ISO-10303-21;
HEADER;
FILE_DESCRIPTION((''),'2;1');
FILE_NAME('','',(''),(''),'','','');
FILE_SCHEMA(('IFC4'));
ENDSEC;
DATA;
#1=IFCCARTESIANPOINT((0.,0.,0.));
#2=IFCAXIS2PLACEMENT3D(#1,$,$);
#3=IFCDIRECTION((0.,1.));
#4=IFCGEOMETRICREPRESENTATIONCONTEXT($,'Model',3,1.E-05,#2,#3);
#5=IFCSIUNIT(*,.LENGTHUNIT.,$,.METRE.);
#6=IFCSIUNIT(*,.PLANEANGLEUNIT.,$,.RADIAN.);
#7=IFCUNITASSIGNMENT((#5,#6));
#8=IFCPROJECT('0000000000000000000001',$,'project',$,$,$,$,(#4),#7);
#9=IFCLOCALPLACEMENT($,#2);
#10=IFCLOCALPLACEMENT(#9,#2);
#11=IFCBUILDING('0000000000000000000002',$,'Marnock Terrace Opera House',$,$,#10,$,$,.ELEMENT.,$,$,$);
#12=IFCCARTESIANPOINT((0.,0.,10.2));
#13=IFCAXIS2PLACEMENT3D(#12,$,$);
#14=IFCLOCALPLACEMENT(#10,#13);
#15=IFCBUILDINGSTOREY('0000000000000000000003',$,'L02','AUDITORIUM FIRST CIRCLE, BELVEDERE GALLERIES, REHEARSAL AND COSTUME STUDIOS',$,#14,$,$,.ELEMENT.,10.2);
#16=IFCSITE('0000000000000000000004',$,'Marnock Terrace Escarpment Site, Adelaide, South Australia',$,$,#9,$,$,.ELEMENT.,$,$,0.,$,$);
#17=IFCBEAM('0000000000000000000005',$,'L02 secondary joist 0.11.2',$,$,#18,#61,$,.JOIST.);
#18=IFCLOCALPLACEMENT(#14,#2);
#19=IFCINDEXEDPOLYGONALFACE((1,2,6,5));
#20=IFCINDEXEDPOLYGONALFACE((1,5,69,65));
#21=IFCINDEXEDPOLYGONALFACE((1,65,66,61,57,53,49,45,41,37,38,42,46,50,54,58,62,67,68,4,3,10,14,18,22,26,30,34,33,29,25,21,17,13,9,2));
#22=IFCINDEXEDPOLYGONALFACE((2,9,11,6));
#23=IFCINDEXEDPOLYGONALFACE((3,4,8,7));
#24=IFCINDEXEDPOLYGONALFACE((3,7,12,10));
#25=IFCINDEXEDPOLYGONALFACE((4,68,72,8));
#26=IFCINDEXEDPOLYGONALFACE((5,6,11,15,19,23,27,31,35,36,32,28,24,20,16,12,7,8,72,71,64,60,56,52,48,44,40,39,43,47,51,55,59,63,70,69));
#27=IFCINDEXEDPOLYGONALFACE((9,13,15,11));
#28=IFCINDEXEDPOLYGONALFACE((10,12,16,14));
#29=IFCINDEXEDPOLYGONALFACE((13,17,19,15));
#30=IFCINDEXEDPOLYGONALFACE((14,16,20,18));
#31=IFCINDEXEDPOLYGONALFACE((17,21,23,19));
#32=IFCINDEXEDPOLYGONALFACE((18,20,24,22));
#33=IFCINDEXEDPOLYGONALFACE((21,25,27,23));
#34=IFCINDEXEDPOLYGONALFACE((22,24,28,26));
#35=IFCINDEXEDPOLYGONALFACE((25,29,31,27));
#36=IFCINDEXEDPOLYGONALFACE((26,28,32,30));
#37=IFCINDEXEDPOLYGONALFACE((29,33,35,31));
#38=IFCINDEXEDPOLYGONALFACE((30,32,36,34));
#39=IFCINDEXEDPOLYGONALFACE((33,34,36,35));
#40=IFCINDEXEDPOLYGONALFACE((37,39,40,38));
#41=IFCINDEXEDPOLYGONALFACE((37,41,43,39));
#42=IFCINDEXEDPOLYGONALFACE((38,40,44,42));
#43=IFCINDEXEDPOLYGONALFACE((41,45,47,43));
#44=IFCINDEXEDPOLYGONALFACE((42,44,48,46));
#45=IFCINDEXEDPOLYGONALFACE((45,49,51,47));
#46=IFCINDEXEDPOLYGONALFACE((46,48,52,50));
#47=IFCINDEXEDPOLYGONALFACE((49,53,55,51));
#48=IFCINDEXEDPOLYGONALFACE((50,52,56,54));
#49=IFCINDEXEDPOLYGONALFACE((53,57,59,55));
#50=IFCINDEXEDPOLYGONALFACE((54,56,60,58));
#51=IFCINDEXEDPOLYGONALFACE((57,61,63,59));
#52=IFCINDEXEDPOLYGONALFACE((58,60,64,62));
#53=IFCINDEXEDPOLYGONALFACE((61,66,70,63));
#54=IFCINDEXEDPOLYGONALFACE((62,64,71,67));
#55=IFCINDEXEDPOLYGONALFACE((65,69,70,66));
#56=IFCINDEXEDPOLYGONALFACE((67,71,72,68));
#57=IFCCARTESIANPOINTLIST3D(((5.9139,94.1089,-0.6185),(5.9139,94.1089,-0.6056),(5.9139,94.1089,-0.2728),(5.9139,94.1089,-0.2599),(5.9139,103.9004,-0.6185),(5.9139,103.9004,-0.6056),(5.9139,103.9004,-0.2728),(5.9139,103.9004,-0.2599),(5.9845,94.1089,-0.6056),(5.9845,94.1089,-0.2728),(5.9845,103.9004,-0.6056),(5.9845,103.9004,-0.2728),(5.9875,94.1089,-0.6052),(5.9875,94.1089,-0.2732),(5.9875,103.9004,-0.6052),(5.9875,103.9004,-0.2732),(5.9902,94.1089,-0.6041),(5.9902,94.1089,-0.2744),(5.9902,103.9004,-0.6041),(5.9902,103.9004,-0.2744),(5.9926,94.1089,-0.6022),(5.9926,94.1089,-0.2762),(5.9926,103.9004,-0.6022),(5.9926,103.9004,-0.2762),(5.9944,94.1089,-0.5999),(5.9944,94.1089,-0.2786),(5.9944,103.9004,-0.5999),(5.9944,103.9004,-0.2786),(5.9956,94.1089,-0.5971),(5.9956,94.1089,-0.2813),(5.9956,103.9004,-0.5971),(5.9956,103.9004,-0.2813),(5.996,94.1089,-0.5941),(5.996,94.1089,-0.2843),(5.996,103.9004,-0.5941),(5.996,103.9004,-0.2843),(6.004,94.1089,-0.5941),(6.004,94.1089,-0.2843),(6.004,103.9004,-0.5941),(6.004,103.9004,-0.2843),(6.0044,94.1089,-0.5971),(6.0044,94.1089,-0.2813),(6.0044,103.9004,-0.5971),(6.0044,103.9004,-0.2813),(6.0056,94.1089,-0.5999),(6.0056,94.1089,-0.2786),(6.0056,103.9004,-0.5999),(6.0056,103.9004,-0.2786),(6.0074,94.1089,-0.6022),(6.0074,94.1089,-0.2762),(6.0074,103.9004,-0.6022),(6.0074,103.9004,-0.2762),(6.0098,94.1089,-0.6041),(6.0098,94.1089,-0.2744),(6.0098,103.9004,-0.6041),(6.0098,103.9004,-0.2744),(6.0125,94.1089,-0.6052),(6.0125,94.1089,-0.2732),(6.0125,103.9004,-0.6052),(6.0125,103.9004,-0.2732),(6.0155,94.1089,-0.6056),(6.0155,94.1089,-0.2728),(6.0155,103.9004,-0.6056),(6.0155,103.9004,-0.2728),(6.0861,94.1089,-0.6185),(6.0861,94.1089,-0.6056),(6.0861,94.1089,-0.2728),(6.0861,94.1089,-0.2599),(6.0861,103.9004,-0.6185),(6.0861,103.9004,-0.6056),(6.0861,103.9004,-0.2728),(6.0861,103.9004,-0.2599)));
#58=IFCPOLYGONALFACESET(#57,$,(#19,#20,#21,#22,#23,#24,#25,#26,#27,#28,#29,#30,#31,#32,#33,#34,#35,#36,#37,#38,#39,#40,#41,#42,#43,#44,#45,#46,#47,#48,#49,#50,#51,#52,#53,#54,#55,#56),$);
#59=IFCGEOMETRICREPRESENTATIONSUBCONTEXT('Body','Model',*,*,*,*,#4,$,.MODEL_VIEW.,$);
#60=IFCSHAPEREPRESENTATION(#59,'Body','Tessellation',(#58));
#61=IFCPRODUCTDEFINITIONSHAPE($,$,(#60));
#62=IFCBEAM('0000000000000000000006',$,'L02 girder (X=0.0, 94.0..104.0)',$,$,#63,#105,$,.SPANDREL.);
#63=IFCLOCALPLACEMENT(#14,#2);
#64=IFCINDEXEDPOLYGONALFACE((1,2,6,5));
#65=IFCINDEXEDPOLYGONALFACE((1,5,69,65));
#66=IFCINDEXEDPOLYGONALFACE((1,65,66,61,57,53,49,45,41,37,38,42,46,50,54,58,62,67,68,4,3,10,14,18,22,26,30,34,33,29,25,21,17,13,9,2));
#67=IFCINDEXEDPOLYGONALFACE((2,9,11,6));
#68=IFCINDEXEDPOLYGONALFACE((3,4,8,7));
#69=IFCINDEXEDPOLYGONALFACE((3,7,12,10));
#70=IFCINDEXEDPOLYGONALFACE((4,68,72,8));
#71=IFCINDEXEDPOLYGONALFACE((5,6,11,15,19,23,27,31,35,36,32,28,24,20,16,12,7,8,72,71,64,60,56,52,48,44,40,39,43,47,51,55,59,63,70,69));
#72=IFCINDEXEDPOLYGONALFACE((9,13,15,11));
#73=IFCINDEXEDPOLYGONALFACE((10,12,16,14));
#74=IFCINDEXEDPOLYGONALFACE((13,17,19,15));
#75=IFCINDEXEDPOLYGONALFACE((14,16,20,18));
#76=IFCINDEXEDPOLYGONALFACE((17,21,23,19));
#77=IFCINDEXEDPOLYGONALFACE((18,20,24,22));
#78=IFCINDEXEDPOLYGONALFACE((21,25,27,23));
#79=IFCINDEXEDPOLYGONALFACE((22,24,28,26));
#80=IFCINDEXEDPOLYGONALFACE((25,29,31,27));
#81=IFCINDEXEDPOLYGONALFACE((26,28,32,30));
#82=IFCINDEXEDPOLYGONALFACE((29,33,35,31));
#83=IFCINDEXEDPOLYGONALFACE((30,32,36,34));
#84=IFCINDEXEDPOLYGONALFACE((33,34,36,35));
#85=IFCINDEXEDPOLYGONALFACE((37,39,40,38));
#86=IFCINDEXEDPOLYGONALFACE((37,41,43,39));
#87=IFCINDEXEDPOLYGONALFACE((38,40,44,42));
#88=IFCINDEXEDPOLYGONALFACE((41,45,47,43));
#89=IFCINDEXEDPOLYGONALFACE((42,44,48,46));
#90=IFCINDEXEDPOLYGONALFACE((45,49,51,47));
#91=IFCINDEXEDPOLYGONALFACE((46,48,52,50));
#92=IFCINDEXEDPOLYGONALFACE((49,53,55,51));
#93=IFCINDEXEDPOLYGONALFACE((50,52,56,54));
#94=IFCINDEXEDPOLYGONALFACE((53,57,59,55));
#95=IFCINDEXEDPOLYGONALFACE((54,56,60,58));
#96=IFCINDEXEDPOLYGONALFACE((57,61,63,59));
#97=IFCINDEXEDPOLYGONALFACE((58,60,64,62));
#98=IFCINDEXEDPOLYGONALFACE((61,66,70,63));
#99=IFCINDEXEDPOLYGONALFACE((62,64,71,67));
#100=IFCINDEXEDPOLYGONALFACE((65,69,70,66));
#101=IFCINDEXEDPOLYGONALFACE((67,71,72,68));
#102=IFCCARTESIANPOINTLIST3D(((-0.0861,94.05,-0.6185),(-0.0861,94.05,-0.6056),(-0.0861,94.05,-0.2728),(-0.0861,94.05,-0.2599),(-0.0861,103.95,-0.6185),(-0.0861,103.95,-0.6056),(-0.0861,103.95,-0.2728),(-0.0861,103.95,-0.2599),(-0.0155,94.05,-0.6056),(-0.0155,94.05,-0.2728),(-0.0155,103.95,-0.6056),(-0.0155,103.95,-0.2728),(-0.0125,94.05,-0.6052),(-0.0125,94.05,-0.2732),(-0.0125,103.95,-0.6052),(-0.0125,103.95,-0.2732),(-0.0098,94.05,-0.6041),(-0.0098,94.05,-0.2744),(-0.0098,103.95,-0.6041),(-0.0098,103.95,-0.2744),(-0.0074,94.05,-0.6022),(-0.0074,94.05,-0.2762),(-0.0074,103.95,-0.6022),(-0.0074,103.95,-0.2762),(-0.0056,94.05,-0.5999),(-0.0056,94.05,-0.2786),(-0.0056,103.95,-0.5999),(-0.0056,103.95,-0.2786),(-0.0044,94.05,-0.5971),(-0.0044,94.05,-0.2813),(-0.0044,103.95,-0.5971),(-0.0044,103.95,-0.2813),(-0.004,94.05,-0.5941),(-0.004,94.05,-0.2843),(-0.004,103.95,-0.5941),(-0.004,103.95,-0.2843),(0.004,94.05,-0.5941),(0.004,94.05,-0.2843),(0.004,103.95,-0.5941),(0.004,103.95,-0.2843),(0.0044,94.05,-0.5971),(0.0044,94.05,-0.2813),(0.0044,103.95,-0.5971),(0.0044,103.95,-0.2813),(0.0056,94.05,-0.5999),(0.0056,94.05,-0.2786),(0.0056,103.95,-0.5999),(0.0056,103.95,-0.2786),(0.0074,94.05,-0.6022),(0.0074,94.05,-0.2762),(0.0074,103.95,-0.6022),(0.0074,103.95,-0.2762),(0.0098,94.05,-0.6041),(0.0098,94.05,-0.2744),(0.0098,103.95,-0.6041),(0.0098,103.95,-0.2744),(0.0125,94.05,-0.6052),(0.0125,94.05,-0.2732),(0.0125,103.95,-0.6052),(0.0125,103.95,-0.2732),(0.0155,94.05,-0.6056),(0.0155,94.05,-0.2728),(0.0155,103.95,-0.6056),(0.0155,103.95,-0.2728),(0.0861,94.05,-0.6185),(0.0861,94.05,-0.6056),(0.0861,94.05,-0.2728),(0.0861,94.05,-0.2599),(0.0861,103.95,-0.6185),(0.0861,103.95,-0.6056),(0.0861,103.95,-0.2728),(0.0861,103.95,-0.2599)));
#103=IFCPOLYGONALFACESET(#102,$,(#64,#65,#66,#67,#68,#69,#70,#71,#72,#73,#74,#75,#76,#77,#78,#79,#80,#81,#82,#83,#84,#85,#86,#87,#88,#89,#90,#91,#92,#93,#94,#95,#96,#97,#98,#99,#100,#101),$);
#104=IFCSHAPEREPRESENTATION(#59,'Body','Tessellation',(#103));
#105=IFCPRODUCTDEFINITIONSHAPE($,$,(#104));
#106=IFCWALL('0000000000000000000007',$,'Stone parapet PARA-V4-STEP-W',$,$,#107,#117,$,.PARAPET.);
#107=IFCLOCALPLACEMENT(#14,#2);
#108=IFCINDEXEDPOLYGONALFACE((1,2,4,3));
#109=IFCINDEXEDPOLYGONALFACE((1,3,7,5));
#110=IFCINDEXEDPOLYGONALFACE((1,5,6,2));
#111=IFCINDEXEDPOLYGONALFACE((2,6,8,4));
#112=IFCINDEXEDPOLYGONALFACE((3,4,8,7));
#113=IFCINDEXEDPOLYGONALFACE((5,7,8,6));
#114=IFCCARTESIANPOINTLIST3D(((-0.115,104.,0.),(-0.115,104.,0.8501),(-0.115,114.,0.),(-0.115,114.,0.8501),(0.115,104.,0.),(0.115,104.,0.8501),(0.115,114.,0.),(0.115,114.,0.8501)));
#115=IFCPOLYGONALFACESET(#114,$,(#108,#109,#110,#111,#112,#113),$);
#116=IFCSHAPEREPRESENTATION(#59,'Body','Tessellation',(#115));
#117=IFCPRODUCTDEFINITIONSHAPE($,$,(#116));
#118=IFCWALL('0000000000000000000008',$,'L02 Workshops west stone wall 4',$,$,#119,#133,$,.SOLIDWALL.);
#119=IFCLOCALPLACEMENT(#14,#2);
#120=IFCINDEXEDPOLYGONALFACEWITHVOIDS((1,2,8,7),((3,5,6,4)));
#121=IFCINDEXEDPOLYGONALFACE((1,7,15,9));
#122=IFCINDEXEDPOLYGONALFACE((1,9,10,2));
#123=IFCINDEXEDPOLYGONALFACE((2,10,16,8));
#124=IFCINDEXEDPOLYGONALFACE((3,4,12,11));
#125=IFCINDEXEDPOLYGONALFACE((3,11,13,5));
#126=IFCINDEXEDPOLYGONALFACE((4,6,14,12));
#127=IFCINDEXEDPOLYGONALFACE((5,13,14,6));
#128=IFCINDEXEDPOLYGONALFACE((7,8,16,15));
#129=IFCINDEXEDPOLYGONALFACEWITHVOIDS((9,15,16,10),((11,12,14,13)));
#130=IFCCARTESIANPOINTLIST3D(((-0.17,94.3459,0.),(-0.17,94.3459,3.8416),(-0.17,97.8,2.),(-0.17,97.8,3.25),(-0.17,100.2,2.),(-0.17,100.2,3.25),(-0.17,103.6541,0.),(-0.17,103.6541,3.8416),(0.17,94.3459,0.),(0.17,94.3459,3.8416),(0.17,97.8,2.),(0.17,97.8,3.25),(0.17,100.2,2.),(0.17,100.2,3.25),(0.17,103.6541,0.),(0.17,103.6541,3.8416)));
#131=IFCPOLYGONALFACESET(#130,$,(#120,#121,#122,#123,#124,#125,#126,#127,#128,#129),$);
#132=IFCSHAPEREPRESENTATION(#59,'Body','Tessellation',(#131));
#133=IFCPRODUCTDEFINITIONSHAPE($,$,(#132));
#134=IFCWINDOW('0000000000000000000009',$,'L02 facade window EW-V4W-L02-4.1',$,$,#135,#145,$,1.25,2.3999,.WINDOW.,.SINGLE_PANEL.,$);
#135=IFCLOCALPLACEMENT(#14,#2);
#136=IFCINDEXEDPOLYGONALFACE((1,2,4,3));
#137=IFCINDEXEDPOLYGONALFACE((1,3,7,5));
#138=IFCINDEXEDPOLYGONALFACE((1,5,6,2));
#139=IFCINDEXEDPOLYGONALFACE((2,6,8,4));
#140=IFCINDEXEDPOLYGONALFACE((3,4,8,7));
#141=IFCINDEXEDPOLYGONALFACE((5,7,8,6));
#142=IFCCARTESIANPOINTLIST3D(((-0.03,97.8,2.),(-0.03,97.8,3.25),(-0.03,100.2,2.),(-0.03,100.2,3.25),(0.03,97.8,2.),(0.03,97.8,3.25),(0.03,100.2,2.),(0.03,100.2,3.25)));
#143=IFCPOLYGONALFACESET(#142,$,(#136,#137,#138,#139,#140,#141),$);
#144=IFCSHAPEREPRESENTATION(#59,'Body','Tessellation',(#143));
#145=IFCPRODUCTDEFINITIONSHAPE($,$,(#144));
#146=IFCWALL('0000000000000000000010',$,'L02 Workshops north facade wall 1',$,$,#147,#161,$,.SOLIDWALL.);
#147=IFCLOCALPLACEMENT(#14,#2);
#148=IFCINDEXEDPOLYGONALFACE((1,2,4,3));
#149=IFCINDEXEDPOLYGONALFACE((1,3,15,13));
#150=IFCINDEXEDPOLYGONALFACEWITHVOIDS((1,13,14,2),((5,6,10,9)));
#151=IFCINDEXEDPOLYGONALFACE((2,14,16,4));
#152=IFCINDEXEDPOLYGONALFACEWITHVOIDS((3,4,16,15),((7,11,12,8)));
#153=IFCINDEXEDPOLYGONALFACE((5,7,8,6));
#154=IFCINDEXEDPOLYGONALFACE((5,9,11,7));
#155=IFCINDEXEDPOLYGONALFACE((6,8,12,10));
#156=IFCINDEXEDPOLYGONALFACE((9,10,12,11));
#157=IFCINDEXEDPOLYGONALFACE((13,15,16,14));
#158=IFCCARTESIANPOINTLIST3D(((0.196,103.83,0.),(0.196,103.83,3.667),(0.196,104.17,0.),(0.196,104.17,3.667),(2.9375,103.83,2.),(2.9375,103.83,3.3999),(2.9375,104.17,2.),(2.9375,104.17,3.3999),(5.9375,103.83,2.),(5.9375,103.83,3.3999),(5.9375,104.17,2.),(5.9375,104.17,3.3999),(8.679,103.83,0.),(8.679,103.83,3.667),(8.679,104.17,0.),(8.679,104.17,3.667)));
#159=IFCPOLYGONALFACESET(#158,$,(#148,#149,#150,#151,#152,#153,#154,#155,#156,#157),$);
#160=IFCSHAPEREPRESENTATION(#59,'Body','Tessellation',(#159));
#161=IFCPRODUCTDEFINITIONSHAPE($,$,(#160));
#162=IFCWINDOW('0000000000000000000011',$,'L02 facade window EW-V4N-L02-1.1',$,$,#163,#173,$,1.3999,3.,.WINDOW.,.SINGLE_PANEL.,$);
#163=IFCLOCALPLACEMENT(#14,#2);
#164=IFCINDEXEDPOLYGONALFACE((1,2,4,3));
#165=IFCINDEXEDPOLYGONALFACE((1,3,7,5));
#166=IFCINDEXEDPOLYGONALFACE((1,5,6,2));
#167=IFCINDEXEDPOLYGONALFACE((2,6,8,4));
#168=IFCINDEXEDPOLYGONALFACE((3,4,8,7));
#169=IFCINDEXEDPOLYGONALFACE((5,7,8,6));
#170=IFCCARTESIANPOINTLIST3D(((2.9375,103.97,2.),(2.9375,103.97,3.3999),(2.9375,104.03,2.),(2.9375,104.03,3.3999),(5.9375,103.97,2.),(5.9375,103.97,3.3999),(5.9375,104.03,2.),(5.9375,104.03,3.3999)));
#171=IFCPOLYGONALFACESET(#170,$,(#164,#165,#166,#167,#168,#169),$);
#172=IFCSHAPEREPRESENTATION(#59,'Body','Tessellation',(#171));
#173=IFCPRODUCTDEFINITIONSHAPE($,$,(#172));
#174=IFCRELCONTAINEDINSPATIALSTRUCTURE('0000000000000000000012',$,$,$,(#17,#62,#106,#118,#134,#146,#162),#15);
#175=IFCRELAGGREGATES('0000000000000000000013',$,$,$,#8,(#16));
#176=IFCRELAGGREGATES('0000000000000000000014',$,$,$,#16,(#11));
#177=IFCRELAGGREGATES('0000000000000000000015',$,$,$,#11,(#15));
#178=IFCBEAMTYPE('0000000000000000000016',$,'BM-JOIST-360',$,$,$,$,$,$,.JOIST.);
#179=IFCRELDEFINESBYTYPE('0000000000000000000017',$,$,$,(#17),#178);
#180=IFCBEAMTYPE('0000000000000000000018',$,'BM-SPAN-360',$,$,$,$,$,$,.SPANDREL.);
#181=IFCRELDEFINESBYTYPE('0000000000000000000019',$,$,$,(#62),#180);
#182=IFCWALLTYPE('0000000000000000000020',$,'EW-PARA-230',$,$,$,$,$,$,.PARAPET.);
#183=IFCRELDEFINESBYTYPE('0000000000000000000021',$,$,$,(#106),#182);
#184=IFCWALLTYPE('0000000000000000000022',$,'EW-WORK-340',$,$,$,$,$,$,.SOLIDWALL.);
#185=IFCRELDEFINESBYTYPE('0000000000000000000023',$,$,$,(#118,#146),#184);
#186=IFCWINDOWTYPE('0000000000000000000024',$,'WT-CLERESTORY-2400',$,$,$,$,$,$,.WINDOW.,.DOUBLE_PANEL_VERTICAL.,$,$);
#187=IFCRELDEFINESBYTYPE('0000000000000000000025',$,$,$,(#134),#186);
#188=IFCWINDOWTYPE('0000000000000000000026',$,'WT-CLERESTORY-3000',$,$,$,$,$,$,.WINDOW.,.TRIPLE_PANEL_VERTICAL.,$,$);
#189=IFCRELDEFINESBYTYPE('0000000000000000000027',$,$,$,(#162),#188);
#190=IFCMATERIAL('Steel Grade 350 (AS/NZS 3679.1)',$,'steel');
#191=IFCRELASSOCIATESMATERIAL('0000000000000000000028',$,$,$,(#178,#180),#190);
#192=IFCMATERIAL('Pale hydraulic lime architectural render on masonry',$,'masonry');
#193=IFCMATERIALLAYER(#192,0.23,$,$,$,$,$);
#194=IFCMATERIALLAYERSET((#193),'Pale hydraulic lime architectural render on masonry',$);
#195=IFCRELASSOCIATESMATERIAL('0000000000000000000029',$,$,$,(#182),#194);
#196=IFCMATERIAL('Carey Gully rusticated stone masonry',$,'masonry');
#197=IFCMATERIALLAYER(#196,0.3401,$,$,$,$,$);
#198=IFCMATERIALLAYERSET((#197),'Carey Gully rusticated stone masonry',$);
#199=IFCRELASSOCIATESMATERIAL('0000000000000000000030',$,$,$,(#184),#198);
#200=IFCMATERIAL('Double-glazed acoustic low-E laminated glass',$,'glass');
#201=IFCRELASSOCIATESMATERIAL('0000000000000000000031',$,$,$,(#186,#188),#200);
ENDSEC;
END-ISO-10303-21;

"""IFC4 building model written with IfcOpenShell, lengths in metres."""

from ifc_helpers import new_model, si_unit, direction, frame, frame_2d, origin, origin_2d, place, context, subcontext, project, spatial, rectangle, i_section, extrude, material, layer, layer_set, material_profile, profile_set, type_object, element, fill, save


model = new_model("IFC4")

# Units and contexts
model_context = context("Model", 3, precision=1e-05, world=origin(), true_north=direction((0.0, 1.0)))
body_context = subcontext(model_context, "Body", "Model", "MODEL_VIEW")
ifc_project = project(units=[si_unit("LENGTHUNIT", "METRE"), si_unit("PLANEANGLEUNIT", "RADIAN")], contexts=[model_context])

# Site, building, storey
site_placement = place(None, origin())
site = spatial("IfcSite", under=ifc_project, at=site_placement, Name="Marnock Terrace Escarpment Site, Adelaide, South Australia", CompositionType="ELEMENT", RefElevation=0.0)
building_placement = place(site_placement, origin())
building = spatial("IfcBuilding", under=site, at=building_placement, Name="Marnock Terrace Opera House", CompositionType="ELEMENT")
storey_placement = place(building_placement, frame((0.0, 0.0, 10.2)))
storey = spatial("IfcBuildingStorey", under=building, at=storey_placement, Name="L02", Description="AUDITORIUM FIRST CIRCLE, BELVEDERE GALLERIES, REHEARSAL AND COSTUME STUDIOS", CompositionType="ELEMENT", Elevation=10.2)

# Beams
ifc_material_1 = material(Name="Steel Grade 350 (AS/NZS 3679.1)", Category="steel")
ifc_material_profile_1 = material_profile(ifc_material_1, i_section(OverallWidth=0.1721, OverallDepth=0.3586, WebThickness=0.0081, FlangeThickness=0.0129, FilletRadius=0.0115, at=origin_2d()))
ifc_profile_set_1 = profile_set([ifc_material_profile_1], Name="Steel Grade 350 (AS/NZS 3679.1)")
beam_type_1 = type_object("IfcBeamType", Name="BM-JOIST-360", PredefinedType="JOIST", material=ifc_profile_set_1)
for number, where, z_axis, x_axis, name in (
    (1, (6.0, 94.1089, -0.4392), (0.0, 1.0, 0.0), (-1.0, 0.0, 0.0), "L02 secondary joist 0.11.2"),
):
    element("IfcBeam", number, at=place(storey_placement, frame(where, z_axis=z_axis, x_axis=x_axis)), inside=storey, type_object=beam_type_1, Name=name, PredefinedType="JOIST", context=body_context, shape_type="SweptSolid", body=[
        extrude(i_section(OverallWidth=0.1721, OverallDepth=0.3586, WebThickness=0.0081, FlangeThickness=0.0129, FilletRadius=0.0115, at=origin_2d()), origin(), (0.0, 0.0, 1.0), 9.7915),
    ])
ifc_material_profile_2 = material_profile(ifc_material_1, i_section(OverallWidth=0.1721, OverallDepth=0.3586, WebThickness=0.0081, FlangeThickness=0.0129, FilletRadius=0.0115, at=origin_2d()))
ifc_profile_set_2 = profile_set([ifc_material_profile_2], Name="Steel Grade 350 (AS/NZS 3679.1)")
beam_type_2 = type_object("IfcBeamType", Name="BM-SPAN-360", PredefinedType="SPANDREL", material=ifc_profile_set_2)
beam_1_placement = place(storey_placement, frame((0.0, 94.05, -0.4392), z_axis=(0.0, 1.0, 0.0), x_axis=(-1.0, 0.0, 0.0)))
element("IfcBeam", 2, at=beam_1_placement, inside=storey, type_object=beam_type_2, Name="L02 girder (X=0.0, 94.0..104.0)", PredefinedType="SPANDREL", context=body_context, shape_type="SweptSolid", body=[
    extrude(i_section(OverallWidth=0.1721, OverallDepth=0.3586, WebThickness=0.0081, FlangeThickness=0.0129, FilletRadius=0.0115, at=origin_2d()), origin(), (0.0, 0.0, 1.0), 9.8999),
])

# Wall
ifc_material_2 = material(Name="Pale hydraulic lime architectural render on masonry", Category="masonry")
ifc_layer_1 = layer(ifc_material_2, 0.23)
ifc_layer_set_1 = layer_set([ifc_layer_1], Name="Pale hydraulic lime architectural render on masonry")
wall_type_1 = type_object("IfcWallType", Name="EW-PARA-230", PredefinedType="PARAPET", material=ifc_layer_set_1)
wall_1_placement = place(storey_placement, frame((0.0, 104.0, 0.0), z_axis=(0.0, 0.0, 1.0), x_axis=(0.0, 1.0, 0.0)))
element("IfcWall", 3, at=wall_1_placement, inside=storey, type_object=wall_type_1, Name="Stone parapet PARA-V4-STEP-W", PredefinedType="PARAPET", context=body_context, shape_type="SweptSolid", body=[
    extrude(rectangle(XDim=10.0, YDim=0.23, at=frame_2d((5.0, 0.0))), origin(), (0.0, 0.0, 1.0), 0.8501),
])

# Walls, openings, windows
ifc_material_3 = material(Name="Carey Gully rusticated stone masonry", Category="masonry")
ifc_layer_2 = layer(ifc_material_3, 0.3401)
ifc_layer_set_2 = layer_set([ifc_layer_2], Name="Carey Gully rusticated stone masonry")
wall_type_2 = type_object("IfcWallType", Name="EW-WORK-340", PredefinedType="SOLIDWALL", material=ifc_layer_set_2)
wall_2_placement = place(storey_placement, frame((0.0, 94.3459, 0.0), z_axis=(0.0, 0.0, 1.0), x_axis=(0.0, 1.0, 0.0)))
wall_2 = element("IfcWall", 4, at=wall_2_placement, inside=storey, type_object=wall_type_2, Name="L02 Workshops west stone wall 4", PredefinedType="SOLIDWALL", context=body_context, shape_type="SweptSolid", body=[
    extrude(rectangle(XDim=9.3081, YDim=0.3401, at=frame_2d((4.6541, 0.0))), origin(), (0.0, 0.0, 1.0), 3.8416),
])
opening_1_placement = place(wall_2_placement, frame((3.4541, 0.0, 2.0)))
opening_1 = element("IfcOpeningElement", 5, at=opening_1_placement, cuts=wall_2, PredefinedType="OPENING", context=body_context, shape_type="SweptSolid", body=[
    extrude(rectangle(XDim=2.3999, YDim=1.25, at=frame_2d((1.2, 0.625))), frame((0.0, 0.1799, 0.0), z_axis=(0.0, -1.0, 0.0), x_axis=(1.0, 0.0, 0.0)), (0.0, 0.0, 1.0), 0.3601),
])
ifc_material_4 = material(Name="Double-glazed acoustic low-E laminated glass", Category="glass")
window_type_1 = type_object("IfcWindowType", Name="WT-CLERESTORY-2400", PartitioningType="DOUBLE_PANEL_VERTICAL", PredefinedType="WINDOW", material=ifc_material_4)
window_1_placement = place(opening_1_placement, origin())
window_1 = element("IfcWindow", 6, at=window_1_placement, inside=storey, type_object=window_type_1, Name="L02 facade window EW-V4W-L02-4.1", OverallHeight=1.25, OverallWidth=2.3999, PartitioningType="SINGLE_PANEL", PredefinedType="WINDOW", context=body_context, shape_type="SweptSolid", body=[
    extrude(rectangle(XDim=2.3999, YDim=1.25, at=frame_2d((1.2, 0.625))), frame((0.0, 0.03, 0.0), z_axis=(0.0, -1.0, 0.0), x_axis=(1.0, 0.0, 0.0)), (0.0, 0.0, 1.0), 0.0601),
])
fill(opening_1, window_1)
wall_3_placement = place(storey_placement, frame((0.196, 104.0, 0.0), z_axis=(0.0, 0.0, 1.0), x_axis=(1.0, 0.0, 0.0)))
wall_3 = element("IfcWall", 7, at=wall_3_placement, inside=storey, type_object=wall_type_2, Name="L02 Workshops north facade wall 1", PredefinedType="SOLIDWALL", context=body_context, shape_type="SweptSolid", body=[
    extrude(rectangle(XDim=8.4829, YDim=0.3401, at=frame_2d((4.2415, 0.0))), origin(), (0.0, 0.0, 1.0), 3.667),
])
opening_2_placement = place(wall_3_placement, frame((2.7415, 0.0, 2.0)))
opening_2 = element("IfcOpeningElement", 8, at=opening_2_placement, cuts=wall_3, PredefinedType="OPENING", context=body_context, shape_type="SweptSolid", body=[
    extrude(rectangle(XDim=3.0, YDim=1.3999, at=frame_2d((1.5, 0.7))), frame((0.0, 0.1799, 0.0), z_axis=(0.0, -1.0, 0.0), x_axis=(1.0, 0.0, 0.0)), (0.0, 0.0, 1.0), 0.3601),
])
window_type_2 = type_object("IfcWindowType", Name="WT-CLERESTORY-3000", PartitioningType="TRIPLE_PANEL_VERTICAL", PredefinedType="WINDOW", material=ifc_material_4)
window_2_placement = place(opening_2_placement, origin())
window_2 = element("IfcWindow", 9, at=window_2_placement, inside=storey, type_object=window_type_2, Name="L02 facade window EW-V4N-L02-1.1", OverallHeight=1.3999, OverallWidth=3.0, PartitioningType="SINGLE_PANEL", PredefinedType="WINDOW", context=body_context, shape_type="SweptSolid", body=[
    extrude(rectangle(XDim=3.0, YDim=1.3999, at=frame_2d((1.5, 0.7))), frame((0.0, 0.03, 0.0), z_axis=(0.0, -1.0, 0.0), x_axis=(1.0, 0.0, 0.0)), (0.0, 0.0, 1.0), 0.0601),
])
fill(opening_2, window_2)

save(model, "model.ifc")
